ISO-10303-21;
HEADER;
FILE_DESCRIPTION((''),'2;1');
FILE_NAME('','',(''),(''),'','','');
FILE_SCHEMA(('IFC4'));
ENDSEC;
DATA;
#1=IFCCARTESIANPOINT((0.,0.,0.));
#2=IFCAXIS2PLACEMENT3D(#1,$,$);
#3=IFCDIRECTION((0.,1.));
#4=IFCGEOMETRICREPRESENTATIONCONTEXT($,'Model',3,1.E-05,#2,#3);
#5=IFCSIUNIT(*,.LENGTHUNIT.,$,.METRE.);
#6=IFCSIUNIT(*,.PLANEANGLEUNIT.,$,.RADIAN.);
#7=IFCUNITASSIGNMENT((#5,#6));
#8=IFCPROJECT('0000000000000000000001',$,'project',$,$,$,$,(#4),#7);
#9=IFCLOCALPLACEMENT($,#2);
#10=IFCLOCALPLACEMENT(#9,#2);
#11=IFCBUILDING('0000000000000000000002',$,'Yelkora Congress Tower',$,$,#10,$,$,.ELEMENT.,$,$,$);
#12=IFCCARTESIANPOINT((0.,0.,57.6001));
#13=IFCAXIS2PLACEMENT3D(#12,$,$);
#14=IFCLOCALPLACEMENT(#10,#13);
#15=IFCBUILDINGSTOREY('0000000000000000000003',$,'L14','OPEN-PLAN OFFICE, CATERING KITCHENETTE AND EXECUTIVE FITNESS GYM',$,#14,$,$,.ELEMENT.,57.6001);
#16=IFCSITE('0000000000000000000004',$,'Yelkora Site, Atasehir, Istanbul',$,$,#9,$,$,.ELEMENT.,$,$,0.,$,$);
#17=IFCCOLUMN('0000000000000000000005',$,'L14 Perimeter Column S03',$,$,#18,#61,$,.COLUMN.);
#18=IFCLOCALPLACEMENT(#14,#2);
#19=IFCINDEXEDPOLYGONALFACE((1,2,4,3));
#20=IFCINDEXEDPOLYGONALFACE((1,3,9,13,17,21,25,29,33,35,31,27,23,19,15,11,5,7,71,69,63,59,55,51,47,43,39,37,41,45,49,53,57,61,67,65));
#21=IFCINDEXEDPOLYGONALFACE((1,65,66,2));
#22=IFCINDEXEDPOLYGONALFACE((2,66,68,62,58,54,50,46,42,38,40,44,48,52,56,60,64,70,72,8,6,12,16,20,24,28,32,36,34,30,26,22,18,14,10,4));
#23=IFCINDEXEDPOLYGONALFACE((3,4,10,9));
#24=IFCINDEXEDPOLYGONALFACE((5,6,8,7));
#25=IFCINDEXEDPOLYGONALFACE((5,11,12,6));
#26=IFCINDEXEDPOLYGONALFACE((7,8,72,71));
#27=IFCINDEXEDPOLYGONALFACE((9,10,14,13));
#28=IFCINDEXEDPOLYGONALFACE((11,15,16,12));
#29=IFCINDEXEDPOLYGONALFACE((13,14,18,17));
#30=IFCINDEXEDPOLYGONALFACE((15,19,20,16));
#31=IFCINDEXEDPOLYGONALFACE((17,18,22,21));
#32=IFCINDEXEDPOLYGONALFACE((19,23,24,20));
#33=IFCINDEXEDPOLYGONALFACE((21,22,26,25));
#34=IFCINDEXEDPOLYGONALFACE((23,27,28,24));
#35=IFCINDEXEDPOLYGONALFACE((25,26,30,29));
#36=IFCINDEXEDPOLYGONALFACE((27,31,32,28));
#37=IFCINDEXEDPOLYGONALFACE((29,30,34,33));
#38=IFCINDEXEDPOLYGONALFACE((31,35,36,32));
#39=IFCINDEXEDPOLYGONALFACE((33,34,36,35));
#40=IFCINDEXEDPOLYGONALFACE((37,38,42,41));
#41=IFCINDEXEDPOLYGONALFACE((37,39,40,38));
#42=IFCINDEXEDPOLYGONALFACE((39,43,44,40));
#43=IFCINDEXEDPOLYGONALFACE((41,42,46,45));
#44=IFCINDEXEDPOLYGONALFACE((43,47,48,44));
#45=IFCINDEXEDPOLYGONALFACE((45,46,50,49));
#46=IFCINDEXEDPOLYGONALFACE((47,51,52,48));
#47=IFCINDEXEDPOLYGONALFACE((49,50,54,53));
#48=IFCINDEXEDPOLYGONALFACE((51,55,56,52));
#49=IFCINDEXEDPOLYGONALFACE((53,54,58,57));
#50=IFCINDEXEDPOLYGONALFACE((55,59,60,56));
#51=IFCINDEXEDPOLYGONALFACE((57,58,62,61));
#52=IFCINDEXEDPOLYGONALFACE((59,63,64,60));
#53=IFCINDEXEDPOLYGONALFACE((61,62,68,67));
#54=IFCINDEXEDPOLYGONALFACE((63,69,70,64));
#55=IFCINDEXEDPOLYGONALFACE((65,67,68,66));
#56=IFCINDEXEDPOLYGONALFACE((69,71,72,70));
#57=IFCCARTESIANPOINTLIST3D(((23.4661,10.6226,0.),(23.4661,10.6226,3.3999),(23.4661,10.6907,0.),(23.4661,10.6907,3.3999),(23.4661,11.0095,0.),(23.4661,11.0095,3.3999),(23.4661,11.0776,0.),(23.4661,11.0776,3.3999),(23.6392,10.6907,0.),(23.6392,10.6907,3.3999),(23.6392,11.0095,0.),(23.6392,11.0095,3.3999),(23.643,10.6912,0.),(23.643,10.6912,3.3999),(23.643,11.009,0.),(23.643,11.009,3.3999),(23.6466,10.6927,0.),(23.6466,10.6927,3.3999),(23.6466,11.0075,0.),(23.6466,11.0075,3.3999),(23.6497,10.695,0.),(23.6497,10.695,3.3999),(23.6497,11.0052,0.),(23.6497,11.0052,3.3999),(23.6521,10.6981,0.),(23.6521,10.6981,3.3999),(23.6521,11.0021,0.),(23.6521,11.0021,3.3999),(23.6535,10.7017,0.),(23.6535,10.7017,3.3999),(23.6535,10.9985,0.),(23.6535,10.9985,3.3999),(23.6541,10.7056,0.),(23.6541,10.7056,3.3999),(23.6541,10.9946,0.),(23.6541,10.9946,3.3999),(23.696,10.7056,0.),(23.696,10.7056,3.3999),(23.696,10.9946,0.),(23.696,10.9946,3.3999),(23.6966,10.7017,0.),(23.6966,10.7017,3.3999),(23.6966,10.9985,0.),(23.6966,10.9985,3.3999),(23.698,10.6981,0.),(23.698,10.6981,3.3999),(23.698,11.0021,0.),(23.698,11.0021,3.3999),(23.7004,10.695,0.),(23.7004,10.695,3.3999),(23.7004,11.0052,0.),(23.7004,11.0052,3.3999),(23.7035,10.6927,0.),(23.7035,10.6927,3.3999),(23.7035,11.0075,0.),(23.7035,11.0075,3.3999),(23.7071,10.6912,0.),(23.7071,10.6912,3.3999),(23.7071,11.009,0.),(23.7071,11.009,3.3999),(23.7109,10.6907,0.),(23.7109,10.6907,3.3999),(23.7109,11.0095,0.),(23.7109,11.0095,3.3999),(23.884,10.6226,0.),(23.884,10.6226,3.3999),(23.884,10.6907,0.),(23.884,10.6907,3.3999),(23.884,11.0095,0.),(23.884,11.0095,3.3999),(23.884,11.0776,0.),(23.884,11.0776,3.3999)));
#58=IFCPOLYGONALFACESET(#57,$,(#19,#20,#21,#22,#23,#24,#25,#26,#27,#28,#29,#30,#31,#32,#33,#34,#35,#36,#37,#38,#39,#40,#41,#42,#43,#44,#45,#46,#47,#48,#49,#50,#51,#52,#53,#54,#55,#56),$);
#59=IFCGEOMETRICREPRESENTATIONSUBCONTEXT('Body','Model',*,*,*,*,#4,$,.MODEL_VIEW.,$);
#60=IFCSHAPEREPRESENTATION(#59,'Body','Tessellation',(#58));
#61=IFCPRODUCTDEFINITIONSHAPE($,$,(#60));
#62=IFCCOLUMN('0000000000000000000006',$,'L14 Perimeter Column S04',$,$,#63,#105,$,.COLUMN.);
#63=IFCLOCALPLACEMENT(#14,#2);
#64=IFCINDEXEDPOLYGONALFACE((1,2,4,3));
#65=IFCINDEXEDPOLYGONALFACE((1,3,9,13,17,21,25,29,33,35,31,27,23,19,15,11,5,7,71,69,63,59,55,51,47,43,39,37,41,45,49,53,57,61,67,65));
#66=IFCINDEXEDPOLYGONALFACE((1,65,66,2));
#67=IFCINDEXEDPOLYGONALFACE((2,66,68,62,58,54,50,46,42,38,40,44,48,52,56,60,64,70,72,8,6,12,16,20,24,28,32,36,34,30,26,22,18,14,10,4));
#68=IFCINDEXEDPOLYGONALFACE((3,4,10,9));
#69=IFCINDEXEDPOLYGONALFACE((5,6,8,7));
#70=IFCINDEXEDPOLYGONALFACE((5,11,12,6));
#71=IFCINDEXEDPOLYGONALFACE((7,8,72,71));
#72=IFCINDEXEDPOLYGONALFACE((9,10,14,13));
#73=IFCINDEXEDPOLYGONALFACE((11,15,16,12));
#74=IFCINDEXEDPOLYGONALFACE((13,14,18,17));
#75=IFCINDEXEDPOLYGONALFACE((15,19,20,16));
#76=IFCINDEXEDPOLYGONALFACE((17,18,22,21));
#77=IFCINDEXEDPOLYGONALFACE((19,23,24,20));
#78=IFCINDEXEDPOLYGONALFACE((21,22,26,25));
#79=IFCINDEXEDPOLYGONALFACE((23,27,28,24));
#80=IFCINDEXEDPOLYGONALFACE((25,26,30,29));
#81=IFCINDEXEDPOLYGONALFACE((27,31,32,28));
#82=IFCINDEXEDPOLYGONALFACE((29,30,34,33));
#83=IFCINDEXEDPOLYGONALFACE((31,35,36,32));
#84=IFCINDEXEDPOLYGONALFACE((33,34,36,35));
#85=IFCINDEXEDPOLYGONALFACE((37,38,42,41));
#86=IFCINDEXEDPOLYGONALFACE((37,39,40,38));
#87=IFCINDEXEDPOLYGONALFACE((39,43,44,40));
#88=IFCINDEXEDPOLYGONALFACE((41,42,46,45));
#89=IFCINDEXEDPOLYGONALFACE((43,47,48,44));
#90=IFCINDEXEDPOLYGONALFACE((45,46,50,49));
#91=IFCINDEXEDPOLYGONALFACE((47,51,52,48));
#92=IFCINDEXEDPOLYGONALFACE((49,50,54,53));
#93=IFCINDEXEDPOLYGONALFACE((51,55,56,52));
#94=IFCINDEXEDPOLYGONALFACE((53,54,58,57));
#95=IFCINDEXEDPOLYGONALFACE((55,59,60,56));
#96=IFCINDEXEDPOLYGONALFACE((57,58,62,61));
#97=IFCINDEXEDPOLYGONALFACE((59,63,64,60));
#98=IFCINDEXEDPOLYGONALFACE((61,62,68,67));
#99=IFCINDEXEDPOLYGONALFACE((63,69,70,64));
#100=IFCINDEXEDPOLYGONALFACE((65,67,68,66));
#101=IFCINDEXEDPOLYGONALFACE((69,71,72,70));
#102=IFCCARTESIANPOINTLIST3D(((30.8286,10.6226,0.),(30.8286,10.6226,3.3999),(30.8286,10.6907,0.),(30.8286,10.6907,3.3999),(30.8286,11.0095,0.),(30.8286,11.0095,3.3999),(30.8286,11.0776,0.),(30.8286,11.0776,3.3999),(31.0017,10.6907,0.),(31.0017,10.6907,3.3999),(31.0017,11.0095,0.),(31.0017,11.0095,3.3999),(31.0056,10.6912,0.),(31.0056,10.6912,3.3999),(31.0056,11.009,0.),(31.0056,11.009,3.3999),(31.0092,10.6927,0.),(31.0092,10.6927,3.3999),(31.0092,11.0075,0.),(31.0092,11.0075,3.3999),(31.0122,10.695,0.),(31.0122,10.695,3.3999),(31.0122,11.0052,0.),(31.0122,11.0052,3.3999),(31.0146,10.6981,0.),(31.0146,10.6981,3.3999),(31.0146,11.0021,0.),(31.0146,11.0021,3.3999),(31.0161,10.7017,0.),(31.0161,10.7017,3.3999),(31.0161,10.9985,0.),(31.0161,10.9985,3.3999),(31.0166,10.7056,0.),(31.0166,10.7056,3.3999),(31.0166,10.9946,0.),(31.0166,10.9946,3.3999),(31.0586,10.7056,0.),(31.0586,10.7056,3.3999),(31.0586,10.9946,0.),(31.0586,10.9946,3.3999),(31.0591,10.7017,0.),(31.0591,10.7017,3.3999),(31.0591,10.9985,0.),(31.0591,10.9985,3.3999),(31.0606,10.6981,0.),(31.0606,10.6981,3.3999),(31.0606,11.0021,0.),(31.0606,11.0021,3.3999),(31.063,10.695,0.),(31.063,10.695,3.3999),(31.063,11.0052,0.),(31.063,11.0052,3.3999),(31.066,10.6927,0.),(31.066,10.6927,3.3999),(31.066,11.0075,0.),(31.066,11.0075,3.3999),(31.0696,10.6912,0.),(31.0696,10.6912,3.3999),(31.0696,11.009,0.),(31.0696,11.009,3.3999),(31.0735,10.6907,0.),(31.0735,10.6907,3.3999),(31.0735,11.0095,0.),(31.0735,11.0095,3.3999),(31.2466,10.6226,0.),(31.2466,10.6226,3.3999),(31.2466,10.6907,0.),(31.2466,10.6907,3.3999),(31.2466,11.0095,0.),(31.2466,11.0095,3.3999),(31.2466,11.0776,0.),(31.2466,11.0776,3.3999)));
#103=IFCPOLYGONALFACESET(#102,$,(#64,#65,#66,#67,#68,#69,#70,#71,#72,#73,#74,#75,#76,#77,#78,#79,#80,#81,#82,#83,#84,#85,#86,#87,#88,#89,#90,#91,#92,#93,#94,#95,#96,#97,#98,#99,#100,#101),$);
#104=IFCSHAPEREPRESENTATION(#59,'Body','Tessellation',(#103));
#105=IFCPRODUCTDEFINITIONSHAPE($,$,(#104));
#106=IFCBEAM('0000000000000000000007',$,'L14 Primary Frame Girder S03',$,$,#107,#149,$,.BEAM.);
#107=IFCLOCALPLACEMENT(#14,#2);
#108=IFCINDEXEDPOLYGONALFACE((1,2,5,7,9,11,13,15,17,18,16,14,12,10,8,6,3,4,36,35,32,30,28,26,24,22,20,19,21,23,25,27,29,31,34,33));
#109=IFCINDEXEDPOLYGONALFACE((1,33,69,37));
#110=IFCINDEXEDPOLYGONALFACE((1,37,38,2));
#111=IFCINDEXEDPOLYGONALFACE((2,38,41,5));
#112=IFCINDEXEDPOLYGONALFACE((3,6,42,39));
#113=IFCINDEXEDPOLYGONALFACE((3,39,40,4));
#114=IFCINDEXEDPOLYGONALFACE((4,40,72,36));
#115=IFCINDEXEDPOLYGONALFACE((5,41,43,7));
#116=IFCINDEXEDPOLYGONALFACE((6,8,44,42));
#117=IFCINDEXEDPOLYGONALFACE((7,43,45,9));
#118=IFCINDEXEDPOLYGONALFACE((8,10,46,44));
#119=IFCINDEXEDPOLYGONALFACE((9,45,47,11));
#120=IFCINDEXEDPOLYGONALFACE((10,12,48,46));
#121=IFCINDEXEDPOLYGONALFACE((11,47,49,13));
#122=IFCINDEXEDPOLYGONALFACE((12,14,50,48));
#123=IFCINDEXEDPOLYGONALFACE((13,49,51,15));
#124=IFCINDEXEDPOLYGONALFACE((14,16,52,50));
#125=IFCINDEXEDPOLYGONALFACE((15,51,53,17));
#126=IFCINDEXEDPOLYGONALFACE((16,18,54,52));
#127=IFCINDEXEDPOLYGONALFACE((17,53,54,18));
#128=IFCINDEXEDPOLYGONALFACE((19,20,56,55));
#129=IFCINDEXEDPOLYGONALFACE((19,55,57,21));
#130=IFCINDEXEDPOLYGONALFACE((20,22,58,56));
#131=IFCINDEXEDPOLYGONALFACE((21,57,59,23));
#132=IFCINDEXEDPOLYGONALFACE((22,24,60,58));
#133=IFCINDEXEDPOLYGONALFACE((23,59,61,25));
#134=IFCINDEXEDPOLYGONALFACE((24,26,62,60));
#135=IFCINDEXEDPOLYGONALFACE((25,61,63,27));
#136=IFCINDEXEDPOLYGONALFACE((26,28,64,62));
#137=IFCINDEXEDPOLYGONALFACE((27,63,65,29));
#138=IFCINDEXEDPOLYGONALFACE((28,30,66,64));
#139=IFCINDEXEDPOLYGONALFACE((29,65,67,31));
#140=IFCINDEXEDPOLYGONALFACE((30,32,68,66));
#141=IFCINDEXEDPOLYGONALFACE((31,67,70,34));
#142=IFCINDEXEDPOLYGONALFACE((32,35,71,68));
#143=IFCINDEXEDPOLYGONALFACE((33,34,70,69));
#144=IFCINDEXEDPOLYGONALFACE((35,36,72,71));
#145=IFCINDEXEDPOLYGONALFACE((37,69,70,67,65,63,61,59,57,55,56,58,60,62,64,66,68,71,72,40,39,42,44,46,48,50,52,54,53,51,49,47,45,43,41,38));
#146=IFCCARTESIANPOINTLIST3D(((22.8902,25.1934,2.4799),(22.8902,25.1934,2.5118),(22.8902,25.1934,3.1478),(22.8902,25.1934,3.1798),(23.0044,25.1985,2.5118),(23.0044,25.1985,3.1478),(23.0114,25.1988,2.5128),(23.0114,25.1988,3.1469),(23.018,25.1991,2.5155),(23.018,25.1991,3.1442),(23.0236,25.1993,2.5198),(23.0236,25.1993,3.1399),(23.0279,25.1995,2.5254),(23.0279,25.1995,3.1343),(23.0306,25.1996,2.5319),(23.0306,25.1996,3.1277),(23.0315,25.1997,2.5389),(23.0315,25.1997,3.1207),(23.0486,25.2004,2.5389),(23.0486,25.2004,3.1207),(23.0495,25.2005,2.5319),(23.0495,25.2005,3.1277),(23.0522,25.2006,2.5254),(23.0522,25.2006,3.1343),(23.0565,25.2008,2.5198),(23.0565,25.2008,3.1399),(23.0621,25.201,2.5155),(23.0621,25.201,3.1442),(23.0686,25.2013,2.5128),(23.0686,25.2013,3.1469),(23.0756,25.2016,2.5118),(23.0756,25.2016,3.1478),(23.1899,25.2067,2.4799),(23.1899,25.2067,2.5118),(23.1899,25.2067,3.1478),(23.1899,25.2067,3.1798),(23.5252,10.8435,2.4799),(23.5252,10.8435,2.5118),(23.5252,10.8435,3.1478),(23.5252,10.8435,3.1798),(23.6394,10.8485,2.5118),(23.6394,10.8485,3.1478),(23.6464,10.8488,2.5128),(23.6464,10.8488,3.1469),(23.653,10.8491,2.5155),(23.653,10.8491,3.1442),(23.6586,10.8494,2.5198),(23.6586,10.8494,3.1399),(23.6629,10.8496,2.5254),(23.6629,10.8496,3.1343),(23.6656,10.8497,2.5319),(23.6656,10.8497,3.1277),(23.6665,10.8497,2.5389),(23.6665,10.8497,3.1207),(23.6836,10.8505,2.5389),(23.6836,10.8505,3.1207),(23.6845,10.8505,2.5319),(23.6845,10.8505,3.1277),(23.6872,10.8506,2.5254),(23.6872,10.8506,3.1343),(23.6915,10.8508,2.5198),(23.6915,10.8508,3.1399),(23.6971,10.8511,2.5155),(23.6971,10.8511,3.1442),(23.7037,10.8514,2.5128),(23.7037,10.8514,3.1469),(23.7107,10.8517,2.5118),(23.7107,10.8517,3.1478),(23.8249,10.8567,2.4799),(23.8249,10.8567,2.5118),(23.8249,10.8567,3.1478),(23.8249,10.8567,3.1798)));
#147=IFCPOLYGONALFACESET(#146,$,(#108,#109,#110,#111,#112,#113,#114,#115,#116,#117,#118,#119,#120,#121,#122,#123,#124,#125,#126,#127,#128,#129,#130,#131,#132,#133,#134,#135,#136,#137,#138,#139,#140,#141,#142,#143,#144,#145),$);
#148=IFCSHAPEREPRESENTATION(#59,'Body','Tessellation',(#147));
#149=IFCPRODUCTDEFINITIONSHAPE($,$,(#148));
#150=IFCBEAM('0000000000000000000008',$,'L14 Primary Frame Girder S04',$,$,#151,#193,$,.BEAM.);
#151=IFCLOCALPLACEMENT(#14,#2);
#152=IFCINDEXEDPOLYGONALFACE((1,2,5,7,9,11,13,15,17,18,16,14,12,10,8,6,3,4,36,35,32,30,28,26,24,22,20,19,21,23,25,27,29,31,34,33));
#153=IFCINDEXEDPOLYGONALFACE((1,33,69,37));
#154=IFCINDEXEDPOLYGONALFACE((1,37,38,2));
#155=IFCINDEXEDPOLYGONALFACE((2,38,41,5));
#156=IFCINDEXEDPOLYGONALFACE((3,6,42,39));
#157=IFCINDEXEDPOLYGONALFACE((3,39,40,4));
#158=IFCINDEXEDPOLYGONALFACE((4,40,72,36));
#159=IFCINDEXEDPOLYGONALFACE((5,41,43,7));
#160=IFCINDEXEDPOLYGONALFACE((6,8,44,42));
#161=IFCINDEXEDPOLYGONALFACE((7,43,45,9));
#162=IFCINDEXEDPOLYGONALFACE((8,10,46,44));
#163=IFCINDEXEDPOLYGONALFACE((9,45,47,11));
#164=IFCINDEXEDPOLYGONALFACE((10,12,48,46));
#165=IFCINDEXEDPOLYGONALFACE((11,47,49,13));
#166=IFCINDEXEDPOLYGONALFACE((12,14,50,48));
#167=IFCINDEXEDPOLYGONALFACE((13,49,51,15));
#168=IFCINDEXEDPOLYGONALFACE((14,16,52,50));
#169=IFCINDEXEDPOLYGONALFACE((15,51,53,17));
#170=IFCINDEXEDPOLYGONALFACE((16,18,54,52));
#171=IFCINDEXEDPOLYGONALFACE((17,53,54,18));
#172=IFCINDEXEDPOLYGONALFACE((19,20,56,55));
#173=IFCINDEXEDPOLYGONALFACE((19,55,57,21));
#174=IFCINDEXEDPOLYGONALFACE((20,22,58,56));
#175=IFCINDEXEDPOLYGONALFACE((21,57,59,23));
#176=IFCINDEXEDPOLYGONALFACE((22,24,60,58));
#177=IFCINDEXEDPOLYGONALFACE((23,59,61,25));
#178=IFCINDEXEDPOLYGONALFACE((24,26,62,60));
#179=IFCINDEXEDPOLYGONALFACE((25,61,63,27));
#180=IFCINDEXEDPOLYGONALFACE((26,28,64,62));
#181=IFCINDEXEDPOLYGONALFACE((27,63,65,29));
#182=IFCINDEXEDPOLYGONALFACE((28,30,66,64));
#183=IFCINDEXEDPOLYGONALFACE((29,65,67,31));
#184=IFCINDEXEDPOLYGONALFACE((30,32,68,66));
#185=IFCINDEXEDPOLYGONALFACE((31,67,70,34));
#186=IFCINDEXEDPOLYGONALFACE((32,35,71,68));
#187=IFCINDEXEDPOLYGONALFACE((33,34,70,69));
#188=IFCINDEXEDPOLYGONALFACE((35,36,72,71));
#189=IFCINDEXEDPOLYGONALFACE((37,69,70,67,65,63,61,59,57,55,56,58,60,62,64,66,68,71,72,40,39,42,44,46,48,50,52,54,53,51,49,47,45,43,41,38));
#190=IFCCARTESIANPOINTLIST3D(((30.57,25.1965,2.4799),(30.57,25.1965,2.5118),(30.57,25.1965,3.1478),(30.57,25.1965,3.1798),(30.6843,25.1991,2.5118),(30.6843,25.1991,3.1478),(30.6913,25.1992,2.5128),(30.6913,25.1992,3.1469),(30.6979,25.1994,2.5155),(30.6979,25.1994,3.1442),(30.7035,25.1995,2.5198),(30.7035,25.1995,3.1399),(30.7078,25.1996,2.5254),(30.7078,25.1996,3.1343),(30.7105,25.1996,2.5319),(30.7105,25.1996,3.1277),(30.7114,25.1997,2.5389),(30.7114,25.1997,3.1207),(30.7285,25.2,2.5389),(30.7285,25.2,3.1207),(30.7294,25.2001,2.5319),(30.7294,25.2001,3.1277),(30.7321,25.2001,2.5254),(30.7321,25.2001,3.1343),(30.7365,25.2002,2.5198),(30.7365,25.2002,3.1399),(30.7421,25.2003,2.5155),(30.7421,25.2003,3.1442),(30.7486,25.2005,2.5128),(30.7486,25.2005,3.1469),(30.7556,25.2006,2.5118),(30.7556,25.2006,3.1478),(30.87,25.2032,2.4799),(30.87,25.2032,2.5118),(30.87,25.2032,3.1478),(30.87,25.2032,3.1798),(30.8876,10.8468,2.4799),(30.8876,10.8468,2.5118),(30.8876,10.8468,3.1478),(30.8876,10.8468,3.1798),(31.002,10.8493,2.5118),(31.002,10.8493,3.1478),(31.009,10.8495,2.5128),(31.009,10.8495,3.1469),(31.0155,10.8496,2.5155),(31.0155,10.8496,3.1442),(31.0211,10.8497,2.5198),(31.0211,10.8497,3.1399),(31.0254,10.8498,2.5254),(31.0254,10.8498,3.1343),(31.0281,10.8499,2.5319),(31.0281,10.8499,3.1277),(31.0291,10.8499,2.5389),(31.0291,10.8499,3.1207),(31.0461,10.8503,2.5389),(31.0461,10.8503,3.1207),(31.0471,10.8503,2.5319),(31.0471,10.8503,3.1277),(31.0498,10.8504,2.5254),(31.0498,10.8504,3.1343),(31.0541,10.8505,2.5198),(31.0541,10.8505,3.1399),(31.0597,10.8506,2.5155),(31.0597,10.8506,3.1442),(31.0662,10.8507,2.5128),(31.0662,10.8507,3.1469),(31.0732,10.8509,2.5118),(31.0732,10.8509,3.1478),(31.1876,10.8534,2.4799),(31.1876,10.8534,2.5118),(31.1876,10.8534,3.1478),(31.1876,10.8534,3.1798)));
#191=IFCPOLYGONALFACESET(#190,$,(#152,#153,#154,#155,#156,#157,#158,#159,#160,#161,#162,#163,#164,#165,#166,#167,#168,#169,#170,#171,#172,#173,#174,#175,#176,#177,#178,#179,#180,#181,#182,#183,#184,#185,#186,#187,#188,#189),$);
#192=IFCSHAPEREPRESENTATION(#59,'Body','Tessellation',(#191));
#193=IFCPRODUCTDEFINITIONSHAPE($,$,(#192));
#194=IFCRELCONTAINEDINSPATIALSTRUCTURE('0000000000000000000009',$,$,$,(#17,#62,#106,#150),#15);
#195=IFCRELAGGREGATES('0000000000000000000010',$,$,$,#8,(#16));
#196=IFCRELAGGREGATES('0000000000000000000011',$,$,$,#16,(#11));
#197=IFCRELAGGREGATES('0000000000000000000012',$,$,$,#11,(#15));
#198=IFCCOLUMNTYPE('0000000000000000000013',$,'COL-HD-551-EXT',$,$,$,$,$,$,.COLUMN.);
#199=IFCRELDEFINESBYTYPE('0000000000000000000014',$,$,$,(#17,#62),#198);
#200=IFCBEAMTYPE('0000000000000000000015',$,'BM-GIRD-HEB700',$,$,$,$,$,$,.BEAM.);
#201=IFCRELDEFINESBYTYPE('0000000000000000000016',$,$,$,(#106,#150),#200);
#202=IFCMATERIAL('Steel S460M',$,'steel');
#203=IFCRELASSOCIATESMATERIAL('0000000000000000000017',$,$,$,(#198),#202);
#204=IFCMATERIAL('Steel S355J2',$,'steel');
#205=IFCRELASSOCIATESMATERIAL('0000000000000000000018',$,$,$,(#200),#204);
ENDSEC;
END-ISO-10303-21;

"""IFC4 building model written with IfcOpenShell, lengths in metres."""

from ifc_helpers import new_model, si_unit, direction, frame, origin, origin_2d, place, context, subcontext, project, spatial, i_section, extrude, material, material_profile, profile_set, type_object, element, save


model = new_model("IFC4")

# Units and contexts
model_context = context("Model", 3, precision=1e-05, world=origin(), true_north=direction((0.0, 1.0)))
body_context = subcontext(model_context, "Body", "Model", "MODEL_VIEW")
ifc_project = project(units=[si_unit("LENGTHUNIT", "METRE"), si_unit("PLANEANGLEUNIT", "RADIAN")], contexts=[model_context])

# Site, building, storey
site_placement = place(None, origin())
site = spatial("IfcSite", under=ifc_project, at=site_placement, Name="Yelkora Site, Atasehir, Istanbul", CompositionType="ELEMENT", RefElevation=0.0)
building_placement = place(site_placement, origin())
building = spatial("IfcBuilding", under=site, at=building_placement, Name="Yelkora Congress Tower", CompositionType="ELEMENT")
storey_placement = place(building_placement, frame((0.0, 0.0, 57.6001)))
storey = spatial("IfcBuildingStorey", under=building, at=storey_placement, Name="L14", Description="OPEN-PLAN OFFICE, CATERING KITCHENETTE AND EXECUTIVE FITNESS GYM", CompositionType="ELEMENT", Elevation=57.6001)

# Columns
ifc_material_1 = material(Name="Steel S460M", Category="steel")
ifc_material_profile_1 = material_profile(ifc_material_1, i_section(OverallWidth=0.418, OverallDepth=0.4551, WebThickness=0.042, FlangeThickness=0.0681, FilletRadius=0.0149, at=origin_2d()), Name="HD 400x551")
ifc_profile_set_1 = profile_set([ifc_material_profile_1], Name="Steel S460M")
column_type = type_object("IfcColumnType", Name="COL-HD-551-EXT", PredefinedType="COLUMN", material=ifc_profile_set_1)
for number, where, z_axis, x_axis, name in (
    (1, (23.675, 10.8501, 0.0), (0.0, 0.0, 1.0), (1.0, 0.0, 0.0), "L14 Perimeter Column S03"),
    (2, (31.0376, 10.8501, 0.0), (0.0, 0.0, 1.0), (1.0, 0.0, 0.0), "L14 Perimeter Column S04"),
):
    element("IfcColumn", number, at=place(storey_placement, frame(where, z_axis=z_axis, x_axis=x_axis)), inside=storey, type_object=column_type, Name=name, PredefinedType="COLUMN", context=body_context, shape_type="SweptSolid", body=[
        extrude(i_section(OverallWidth=0.418, OverallDepth=0.4551, WebThickness=0.042, FlangeThickness=0.0681, FilletRadius=0.0149, at=origin_2d()), origin(), (0.0, 0.0, 1.0), 3.3999),
    ])

# Beams
ifc_material_2 = material(Name="Steel S355J2", Category="steel")
ifc_material_profile_2 = material_profile(ifc_material_2, i_section(OverallWidth=0.3, OverallDepth=0.7, WebThickness=0.0171, FlangeThickness=0.032, FilletRadius=0.0271, at=origin_2d()), Name="HEB 700")
ifc_profile_set_2 = profile_set([ifc_material_profile_2], Name="Steel S355J2")
beam_type_1 = type_object("IfcBeamType", Name="BM-GIRD-HEB700", PredefinedType="BEAM", material=ifc_profile_set_2)
beam_1_placement = place(storey_placement, frame((23.675, 10.8501, 2.8298), z_axis=(-0.044209, 0.999022, 0.0), x_axis=(-0.999022, -0.044209, 0.0)))
element("IfcBeam", 3, at=beam_1_placement, inside=storey, type_object=beam_type_1, Name="L14 Primary Frame Girder S03", PredefinedType="BEAM", context=body_context, shape_type="SweptSolid", body=[
    extrude(i_section(OverallWidth=0.3, OverallDepth=0.7, WebThickness=0.0171, FlangeThickness=0.032, FilletRadius=0.0271, at=origin_2d()), origin(), (0.0, 0.0, 1.0), 14.364),
])
beam_2_placement = place(storey_placement, frame((31.0376, 10.8501, 2.8298), z_axis=(-0.022129, 0.999755, 0.0), x_axis=(-0.999755, -0.022129, 0.0)))
element("IfcBeam", 4, at=beam_2_placement, inside=storey, type_object=beam_type_1, Name="L14 Primary Frame Girder S04", PredefinedType="BEAM", context=body_context, shape_type="SweptSolid", body=[
    extrude(i_section(OverallWidth=0.3, OverallDepth=0.7, WebThickness=0.0171, FlangeThickness=0.032, FilletRadius=0.0271, at=origin_2d()), origin(), (0.0, 0.0, 1.0), 14.3533),
])

save(model, "model.ifc")
